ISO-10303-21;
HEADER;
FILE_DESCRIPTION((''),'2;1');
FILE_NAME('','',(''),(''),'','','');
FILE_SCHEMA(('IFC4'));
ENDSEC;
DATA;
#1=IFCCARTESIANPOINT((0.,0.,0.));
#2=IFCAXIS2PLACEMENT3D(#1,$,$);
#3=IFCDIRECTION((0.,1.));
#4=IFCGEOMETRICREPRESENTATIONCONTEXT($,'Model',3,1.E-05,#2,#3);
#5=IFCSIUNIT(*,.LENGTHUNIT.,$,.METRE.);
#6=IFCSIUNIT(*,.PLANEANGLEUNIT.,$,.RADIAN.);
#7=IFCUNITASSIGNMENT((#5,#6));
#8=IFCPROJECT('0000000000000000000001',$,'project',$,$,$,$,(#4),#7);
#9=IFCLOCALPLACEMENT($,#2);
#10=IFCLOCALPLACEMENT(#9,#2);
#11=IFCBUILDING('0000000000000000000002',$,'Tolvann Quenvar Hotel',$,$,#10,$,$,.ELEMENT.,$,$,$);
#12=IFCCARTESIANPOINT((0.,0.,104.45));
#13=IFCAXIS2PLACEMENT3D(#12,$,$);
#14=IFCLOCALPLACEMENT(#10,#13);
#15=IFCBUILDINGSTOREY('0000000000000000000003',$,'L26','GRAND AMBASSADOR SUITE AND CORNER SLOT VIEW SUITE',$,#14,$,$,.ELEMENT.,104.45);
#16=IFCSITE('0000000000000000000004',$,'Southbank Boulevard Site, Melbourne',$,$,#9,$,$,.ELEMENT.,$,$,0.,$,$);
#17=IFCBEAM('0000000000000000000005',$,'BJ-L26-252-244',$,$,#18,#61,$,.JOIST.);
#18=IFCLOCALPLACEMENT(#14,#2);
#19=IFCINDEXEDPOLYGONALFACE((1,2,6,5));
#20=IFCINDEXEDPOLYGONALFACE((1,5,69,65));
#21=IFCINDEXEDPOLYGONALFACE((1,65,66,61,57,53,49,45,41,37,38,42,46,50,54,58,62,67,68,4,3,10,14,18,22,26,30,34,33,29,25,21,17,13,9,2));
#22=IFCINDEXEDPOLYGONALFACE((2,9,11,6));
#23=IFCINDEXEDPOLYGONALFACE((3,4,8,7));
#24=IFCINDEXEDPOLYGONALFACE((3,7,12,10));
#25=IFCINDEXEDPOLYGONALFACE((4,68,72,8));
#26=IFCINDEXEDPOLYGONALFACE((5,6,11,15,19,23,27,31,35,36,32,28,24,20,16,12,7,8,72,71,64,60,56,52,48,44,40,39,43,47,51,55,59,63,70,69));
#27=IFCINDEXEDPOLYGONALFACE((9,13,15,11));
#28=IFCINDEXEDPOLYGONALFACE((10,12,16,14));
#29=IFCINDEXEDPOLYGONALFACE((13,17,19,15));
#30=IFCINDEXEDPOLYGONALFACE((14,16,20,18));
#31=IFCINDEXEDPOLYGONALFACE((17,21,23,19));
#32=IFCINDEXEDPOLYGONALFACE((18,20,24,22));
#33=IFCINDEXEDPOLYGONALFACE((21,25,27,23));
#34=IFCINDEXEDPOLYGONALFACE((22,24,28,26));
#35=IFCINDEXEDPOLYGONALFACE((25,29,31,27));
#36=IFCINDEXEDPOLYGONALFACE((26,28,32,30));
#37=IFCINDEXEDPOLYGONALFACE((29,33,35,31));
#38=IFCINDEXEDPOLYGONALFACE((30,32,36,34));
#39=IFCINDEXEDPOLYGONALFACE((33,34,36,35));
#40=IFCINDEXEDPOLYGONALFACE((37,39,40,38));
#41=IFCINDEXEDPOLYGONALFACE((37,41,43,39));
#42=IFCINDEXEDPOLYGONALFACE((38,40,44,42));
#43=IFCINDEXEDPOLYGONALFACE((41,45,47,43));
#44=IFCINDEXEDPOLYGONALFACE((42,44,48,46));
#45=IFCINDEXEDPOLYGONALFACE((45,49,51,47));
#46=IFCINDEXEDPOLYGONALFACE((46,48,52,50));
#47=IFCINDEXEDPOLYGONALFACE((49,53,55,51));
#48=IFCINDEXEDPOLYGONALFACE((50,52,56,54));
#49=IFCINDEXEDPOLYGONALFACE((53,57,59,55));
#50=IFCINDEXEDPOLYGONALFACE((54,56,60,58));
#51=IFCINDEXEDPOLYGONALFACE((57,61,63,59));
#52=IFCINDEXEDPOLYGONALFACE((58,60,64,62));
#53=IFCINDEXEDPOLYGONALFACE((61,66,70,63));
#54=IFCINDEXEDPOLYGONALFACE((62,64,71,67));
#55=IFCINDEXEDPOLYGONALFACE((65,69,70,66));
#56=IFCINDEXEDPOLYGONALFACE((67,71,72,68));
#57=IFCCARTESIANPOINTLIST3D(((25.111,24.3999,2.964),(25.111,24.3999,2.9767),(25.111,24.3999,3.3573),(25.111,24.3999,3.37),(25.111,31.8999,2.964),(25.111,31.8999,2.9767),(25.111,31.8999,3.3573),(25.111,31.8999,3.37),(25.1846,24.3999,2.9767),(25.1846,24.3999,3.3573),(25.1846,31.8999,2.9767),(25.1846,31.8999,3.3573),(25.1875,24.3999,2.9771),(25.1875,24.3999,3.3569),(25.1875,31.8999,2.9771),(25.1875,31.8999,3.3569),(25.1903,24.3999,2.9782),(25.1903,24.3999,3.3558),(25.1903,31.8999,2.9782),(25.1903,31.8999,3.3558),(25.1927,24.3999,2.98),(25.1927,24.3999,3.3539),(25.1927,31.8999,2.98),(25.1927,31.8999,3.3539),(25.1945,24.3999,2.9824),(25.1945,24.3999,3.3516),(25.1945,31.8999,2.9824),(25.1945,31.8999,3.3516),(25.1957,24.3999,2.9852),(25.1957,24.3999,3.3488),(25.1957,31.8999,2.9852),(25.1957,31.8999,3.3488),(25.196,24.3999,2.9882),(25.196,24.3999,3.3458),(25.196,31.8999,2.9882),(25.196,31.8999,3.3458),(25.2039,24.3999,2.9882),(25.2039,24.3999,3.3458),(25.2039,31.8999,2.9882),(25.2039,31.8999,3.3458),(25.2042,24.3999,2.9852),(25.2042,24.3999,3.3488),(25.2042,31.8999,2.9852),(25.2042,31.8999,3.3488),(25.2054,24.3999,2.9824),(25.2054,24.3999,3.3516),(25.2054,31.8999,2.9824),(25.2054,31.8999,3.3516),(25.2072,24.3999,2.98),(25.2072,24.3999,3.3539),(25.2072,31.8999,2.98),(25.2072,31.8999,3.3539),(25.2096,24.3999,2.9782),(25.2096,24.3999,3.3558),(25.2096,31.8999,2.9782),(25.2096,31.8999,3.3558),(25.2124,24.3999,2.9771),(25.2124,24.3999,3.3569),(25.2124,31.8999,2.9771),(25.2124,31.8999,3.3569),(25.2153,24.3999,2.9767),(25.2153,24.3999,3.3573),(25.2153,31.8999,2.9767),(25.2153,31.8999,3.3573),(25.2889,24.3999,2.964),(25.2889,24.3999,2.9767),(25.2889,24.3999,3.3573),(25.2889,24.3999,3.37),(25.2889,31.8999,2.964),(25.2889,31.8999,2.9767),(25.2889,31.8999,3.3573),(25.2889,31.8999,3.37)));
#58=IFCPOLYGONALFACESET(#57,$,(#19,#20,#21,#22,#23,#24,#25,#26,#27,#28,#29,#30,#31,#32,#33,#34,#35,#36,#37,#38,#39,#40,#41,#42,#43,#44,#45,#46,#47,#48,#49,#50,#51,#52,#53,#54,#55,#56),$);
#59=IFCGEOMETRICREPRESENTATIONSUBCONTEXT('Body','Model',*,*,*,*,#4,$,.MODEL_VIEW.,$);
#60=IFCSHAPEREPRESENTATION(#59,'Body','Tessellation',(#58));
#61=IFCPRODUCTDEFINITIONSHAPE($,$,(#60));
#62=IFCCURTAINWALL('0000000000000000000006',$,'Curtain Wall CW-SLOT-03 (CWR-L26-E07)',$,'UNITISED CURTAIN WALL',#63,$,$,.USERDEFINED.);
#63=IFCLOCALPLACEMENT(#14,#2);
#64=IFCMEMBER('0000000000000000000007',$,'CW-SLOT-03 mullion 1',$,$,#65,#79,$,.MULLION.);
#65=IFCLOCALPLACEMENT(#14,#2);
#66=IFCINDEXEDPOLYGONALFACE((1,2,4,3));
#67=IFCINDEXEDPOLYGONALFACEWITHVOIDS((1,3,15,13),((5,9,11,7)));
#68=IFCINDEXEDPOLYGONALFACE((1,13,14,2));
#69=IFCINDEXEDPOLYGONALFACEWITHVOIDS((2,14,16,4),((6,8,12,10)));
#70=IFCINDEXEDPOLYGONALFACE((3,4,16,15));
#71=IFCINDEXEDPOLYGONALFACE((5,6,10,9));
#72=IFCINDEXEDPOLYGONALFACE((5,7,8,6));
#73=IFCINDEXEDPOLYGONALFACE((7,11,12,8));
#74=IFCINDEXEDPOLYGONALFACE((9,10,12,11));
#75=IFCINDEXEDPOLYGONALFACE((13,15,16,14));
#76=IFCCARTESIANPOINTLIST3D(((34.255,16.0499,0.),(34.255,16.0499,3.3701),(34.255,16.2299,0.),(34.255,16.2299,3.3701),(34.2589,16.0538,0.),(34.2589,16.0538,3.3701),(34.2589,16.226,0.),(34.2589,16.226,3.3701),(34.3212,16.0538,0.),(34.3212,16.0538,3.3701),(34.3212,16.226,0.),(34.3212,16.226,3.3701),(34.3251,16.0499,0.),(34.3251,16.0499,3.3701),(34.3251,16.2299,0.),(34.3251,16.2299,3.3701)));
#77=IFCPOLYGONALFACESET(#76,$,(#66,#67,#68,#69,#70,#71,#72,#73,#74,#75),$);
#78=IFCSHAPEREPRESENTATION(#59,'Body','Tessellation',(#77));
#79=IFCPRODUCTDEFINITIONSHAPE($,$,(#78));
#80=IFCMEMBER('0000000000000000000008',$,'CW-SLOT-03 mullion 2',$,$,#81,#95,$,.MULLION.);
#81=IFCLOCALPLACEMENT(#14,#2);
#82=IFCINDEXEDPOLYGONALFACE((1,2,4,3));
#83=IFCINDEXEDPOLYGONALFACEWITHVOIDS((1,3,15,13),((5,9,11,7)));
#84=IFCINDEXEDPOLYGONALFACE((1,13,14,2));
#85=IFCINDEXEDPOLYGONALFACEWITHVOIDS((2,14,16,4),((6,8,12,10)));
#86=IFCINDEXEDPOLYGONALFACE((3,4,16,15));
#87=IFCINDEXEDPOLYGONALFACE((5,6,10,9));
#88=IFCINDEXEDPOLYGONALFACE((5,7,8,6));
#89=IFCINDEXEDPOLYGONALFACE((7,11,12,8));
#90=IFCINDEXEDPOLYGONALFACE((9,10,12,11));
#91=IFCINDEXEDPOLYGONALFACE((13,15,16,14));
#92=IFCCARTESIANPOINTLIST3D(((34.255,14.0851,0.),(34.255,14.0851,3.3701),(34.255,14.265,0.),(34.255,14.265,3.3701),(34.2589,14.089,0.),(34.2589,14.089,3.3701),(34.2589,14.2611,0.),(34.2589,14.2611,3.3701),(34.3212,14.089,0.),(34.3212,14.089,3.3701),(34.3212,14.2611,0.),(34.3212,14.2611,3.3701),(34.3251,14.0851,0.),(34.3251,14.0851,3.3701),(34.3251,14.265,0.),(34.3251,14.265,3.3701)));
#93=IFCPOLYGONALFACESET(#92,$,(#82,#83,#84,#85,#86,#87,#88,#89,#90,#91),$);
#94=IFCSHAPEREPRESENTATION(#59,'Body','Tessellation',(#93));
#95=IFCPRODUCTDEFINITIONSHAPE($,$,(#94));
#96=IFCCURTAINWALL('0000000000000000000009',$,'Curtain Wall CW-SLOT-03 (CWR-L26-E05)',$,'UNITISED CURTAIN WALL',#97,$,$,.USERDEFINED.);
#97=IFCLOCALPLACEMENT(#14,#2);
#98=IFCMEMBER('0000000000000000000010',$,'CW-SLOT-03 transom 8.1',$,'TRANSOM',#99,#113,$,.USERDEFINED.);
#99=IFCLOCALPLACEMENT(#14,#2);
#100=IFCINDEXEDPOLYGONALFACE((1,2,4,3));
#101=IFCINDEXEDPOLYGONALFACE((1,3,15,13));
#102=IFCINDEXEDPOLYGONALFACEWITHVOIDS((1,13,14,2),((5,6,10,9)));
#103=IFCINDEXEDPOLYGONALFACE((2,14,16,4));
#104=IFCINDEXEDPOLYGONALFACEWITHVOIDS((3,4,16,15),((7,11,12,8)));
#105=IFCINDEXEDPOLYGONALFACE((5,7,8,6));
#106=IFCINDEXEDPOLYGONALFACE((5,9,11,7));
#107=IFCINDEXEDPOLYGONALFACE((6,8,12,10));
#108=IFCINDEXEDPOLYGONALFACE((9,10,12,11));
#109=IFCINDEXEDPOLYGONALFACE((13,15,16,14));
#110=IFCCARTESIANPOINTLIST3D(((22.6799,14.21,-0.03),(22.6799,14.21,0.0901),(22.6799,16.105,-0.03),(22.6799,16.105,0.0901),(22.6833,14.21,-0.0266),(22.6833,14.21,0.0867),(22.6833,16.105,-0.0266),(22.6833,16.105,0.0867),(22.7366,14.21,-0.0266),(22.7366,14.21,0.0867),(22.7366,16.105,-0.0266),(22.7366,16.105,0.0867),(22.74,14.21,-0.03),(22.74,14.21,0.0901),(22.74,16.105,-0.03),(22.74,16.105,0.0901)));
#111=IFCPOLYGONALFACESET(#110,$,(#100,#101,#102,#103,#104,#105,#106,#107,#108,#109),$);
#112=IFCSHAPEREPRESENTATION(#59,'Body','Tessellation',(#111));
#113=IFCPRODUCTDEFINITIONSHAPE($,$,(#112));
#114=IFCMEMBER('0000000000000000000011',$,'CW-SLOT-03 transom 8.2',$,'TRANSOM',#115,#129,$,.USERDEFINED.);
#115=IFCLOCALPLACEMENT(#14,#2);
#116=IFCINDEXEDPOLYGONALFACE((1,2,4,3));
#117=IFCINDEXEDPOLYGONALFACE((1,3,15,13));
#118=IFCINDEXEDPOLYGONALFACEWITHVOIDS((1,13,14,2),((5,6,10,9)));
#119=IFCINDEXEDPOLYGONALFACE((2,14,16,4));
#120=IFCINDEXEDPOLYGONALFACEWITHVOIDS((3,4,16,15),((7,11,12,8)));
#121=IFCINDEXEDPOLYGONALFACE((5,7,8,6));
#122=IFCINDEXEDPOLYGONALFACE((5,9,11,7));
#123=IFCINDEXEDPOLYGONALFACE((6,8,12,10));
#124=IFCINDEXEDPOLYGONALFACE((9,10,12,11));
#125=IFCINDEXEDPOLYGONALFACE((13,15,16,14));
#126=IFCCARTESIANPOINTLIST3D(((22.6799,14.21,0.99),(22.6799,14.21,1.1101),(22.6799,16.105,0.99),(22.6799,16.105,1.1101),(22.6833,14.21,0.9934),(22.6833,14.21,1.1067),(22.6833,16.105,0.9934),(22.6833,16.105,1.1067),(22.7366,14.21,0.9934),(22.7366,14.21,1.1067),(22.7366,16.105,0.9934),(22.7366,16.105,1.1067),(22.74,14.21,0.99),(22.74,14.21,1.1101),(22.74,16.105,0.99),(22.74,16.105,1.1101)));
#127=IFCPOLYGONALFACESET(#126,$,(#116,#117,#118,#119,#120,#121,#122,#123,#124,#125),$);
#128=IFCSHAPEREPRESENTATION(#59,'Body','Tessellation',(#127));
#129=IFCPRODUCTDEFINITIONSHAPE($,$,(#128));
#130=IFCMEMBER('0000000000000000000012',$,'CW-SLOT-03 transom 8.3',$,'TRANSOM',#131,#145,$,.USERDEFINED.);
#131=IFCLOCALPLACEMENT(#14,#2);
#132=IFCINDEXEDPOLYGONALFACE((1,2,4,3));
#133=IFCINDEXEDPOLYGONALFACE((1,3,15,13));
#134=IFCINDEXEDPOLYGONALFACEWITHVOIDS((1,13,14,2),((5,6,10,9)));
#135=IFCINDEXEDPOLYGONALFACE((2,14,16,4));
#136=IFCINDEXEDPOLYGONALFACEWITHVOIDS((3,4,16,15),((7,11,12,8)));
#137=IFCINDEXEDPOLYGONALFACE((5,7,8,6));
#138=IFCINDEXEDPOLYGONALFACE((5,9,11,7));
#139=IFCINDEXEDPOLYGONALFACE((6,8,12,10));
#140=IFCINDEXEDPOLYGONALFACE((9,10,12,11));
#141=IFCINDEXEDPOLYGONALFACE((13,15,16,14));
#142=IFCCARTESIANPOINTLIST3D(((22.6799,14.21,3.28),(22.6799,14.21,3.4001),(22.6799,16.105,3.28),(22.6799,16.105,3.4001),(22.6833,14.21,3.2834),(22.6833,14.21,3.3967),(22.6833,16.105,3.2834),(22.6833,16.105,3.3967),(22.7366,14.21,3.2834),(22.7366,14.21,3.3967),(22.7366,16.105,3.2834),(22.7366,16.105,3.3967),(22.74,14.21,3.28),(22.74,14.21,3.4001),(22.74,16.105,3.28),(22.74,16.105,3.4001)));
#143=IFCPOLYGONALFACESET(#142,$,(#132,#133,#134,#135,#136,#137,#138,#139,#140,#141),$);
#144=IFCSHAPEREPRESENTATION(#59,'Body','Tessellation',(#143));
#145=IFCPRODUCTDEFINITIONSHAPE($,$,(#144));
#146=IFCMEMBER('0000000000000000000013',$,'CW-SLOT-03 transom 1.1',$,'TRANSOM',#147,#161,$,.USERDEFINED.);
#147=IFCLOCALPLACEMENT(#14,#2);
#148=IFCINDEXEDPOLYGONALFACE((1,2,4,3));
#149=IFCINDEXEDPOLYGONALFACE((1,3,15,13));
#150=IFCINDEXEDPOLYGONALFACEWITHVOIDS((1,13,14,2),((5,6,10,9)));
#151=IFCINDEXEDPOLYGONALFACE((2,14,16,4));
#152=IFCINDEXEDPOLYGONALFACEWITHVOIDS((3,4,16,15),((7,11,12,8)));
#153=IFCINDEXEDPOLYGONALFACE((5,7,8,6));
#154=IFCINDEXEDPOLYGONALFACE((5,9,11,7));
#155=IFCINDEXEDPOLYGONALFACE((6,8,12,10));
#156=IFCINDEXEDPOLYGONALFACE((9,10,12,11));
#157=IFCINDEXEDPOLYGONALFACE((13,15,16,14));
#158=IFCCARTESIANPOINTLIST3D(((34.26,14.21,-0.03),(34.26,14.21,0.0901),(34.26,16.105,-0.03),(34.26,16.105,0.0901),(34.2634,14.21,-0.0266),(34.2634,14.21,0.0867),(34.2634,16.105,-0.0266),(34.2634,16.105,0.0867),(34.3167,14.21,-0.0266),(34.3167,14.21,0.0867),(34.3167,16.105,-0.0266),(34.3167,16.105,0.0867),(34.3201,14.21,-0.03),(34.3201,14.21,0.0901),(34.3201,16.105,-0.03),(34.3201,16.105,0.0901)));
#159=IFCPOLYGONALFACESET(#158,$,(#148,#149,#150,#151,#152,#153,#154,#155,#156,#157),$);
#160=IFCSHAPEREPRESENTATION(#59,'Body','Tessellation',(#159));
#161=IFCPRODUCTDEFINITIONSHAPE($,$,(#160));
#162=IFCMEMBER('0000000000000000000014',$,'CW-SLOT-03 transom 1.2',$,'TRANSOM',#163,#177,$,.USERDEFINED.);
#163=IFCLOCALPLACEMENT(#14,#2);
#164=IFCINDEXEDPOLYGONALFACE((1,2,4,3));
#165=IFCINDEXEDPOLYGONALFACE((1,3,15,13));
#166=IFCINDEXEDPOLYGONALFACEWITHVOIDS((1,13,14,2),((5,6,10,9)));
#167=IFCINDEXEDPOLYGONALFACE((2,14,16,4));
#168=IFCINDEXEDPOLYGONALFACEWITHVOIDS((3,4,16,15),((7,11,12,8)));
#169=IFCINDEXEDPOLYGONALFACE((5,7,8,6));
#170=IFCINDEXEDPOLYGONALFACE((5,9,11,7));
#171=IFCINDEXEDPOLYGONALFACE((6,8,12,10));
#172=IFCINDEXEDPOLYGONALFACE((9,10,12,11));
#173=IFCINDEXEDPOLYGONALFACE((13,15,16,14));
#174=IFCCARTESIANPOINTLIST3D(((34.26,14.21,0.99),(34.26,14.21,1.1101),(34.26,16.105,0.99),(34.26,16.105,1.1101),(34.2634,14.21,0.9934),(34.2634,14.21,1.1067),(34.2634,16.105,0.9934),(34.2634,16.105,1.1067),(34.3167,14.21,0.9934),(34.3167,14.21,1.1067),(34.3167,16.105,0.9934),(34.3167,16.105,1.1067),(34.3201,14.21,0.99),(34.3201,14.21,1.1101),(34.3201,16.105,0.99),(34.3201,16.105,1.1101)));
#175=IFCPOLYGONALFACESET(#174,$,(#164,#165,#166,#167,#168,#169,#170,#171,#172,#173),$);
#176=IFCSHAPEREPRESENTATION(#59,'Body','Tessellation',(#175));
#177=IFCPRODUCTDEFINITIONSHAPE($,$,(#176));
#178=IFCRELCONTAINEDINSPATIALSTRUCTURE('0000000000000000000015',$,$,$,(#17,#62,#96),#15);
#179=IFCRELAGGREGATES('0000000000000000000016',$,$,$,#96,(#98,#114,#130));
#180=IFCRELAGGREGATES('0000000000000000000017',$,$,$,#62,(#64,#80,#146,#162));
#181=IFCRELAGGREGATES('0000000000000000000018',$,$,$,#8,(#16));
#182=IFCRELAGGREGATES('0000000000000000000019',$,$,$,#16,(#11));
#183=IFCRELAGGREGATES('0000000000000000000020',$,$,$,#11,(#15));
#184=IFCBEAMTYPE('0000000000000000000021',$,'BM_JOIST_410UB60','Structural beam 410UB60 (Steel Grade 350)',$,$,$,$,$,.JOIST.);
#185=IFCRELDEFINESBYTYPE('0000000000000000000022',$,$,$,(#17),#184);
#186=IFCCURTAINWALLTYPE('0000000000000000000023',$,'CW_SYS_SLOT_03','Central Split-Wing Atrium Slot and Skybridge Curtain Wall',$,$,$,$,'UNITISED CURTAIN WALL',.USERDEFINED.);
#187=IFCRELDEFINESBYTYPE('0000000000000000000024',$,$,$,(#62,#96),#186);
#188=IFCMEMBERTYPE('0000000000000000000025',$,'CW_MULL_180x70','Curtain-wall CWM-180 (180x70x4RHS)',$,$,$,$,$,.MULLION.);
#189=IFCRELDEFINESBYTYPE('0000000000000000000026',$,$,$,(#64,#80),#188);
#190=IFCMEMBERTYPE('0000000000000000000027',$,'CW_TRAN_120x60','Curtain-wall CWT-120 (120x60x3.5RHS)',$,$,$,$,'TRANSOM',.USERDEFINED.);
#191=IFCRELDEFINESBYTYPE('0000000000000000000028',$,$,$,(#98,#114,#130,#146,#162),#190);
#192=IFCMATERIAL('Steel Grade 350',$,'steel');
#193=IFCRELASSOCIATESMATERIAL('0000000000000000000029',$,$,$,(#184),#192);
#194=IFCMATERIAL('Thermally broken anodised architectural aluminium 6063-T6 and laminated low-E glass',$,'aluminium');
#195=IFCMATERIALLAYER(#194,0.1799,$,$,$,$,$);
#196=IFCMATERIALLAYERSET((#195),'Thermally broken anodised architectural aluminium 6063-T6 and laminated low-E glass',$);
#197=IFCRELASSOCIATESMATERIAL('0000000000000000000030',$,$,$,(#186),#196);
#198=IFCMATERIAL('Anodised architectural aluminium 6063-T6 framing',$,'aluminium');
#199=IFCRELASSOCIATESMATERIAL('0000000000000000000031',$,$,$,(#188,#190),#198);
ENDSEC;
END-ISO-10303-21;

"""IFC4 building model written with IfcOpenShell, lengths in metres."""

from ifc_helpers import new_model, si_unit, direction, frame, origin, origin_2d, place, context, subcontext, project, spatial, hollow_rectangle, i_section, extrude, source, transform, mapped, material, layer, layer_set, material_profile, profile_set, type_object, type_shapes, element, aggregate, save


model = new_model("IFC4")

# Units and contexts
model_context = context("Model", 3, precision=1e-05, world=origin(), true_north=direction((0.0, 1.0)))
body_context = subcontext(model_context, "Body", "Model", "MODEL_VIEW")
ifc_project = project(units=[si_unit("LENGTHUNIT", "METRE"), si_unit("PLANEANGLEUNIT", "RADIAN")], contexts=[model_context])

# Site, building, storey
site_placement = place(None, origin())
site = spatial("IfcSite", under=ifc_project, at=site_placement, Name="Southbank Boulevard Site, Melbourne", CompositionType="ELEMENT", RefElevation=0.0)
building_placement = place(site_placement, origin())
building = spatial("IfcBuilding", under=site, at=building_placement, Name="Tolvann Quenvar Hotel", CompositionType="ELEMENT")
storey_placement = place(building_placement, frame((0.0, 0.0, 104.45)))
storey = spatial("IfcBuildingStorey", under=building, at=storey_placement, Name="L26", Description="GRAND AMBASSADOR SUITE AND CORNER SLOT VIEW SUITE", CompositionType="ELEMENT", Elevation=104.45)

# Shared definitions
ifc_material_1 = material(Name="Steel Grade 350", Category="steel")

# Beam
ifc_material_profile_1 = material_profile(ifc_material_1, i_section(OverallWidth=0.178, OverallDepth=0.406, WebThickness=0.0078, FlangeThickness=0.0127, FilletRadius=0.0115, at=origin_2d()), Name="410UB60")
ifc_profile_set_1 = profile_set([ifc_material_profile_1], Name="Steel Grade 350")
beam_type_1 = type_object("IfcBeamType", Name="BM_JOIST_410UB60", Description="Structural beam 410UB60 (Steel Grade 350)", PredefinedType="JOIST", material=ifc_profile_set_1)
shared_shape_1 = source(origin(), body_context, "Body", "SweptSolid", [
    extrude(i_section(OverallWidth=0.178, OverallDepth=0.406, WebThickness=0.0078, FlangeThickness=0.0127, FilletRadius=0.0115, at=origin_2d()), origin(), (0.0, 0.0, 1.0), 7.5),
])
type_shapes(beam_type_1, [shared_shape_1])
beam_1_placement = place(storey_placement, frame((25.2, 24.3999, 3.167), z_axis=(0.0, 1.0, 0.0), x_axis=(-1.0, 0.0, 0.0)))
element("IfcBeam", 1, at=beam_1_placement, inside=storey, type_object=beam_type_1, Name="BJ-L26-252-244", PredefinedType="JOIST", context=body_context, shape_type="MappedRepresentation", body=[
    mapped(shared_shape_1, transform((0.0, 0.0, 0.0), x_axis=(1.0, 0.0, 0.0), y_axis=(0.0, 1.0, 0.0), z_axis=(0.0, 0.0, 1.0), scale=1.0)),
])

# Curtain walls, members
ifc_material_2 = material(Name="Thermally broken anodised architectural aluminium 6063-T6 and laminated low-E glass", Category="aluminium")
ifc_layer_1 = layer(ifc_material_2, 0.1799)
ifc_layer_set_1 = layer_set([ifc_layer_1], Name="Thermally broken anodised architectural aluminium 6063-T6 and laminated low-E glass")
curtain_wall_type = type_object("IfcCurtainWallType", Name="CW_SYS_SLOT_03", Description="Central Split-Wing Atrium Slot and Skybridge Curtain Wall", ElementType="UNITISED CURTAIN WALL", PredefinedType="USERDEFINED", material=ifc_layer_set_1)
curtain_wall_1_placement = place(storey_placement, origin())
curtain_wall_1 = element("IfcCurtainWall", 2, at=curtain_wall_1_placement, inside=storey, type_object=curtain_wall_type, Name="Curtain Wall CW-SLOT-03 (CWR-L26-E07)", ObjectType="UNITISED CURTAIN WALL", PredefinedType="USERDEFINED")
ifc_material_3 = material(Name="Anodised architectural aluminium 6063-T6 framing", Category="aluminium")
ifc_material_profile_2 = material_profile(ifc_material_3, hollow_rectangle(XDim=0.0701, YDim=0.1799, WallThickness=0.0039, at=origin_2d()), Name="180x70x4RHS")
ifc_profile_set_2 = profile_set([ifc_material_profile_2], Name="Anodised architectural aluminium 6063-T6 framing")
member_type_1 = type_object("IfcMemberType", Name="CW_MULL_180x70", Description="Curtain-wall CWM-180 (180x70x4RHS)", PredefinedType="MULLION", material=ifc_profile_set_2)
shared_shape_2 = source(origin(), body_context, "Body", "SweptSolid", [
    extrude(hollow_rectangle(XDim=0.0701, YDim=0.1799, WallThickness=0.0039, at=origin_2d()), origin(), (0.0, 0.0, 1.0), 3.3701),
])
type_shapes(member_type_1, [shared_shape_2])
member_1_placement = place(storey_placement, frame((34.29, 16.1399, 0.0), z_axis=(0.0, 0.0, 1.0), x_axis=(1.0, 0.0, 0.0)))
member_1 = element("IfcMember", 3, at=member_1_placement, type_object=member_type_1, Name="CW-SLOT-03 mullion 1", PredefinedType="MULLION", context=body_context, shape_type="MappedRepresentation", body=[
    mapped(shared_shape_2, transform((0.0, 0.0, 0.0), x_axis=(1.0, 0.0, 0.0), y_axis=(0.0, 1.0, 0.0), z_axis=(0.0, 0.0, 1.0), scale=1.0)),
])
member_2_placement = place(storey_placement, frame((34.29, 14.175, 0.0), z_axis=(0.0, 0.0, 1.0), x_axis=(1.0, 0.0, 0.0)))
member_2 = element("IfcMember", 4, at=member_2_placement, type_object=member_type_1, Name="CW-SLOT-03 mullion 2", PredefinedType="MULLION", context=body_context, shape_type="MappedRepresentation", body=[
    mapped(shared_shape_2, transform((0.0, 0.0, 0.0), x_axis=(1.0, 0.0, 0.0), y_axis=(0.0, 1.0, 0.0), z_axis=(0.0, 0.0, 1.0), scale=1.0)),
])
curtain_wall_2_placement = place(storey_placement, origin())
curtain_wall_2 = element("IfcCurtainWall", 5, at=curtain_wall_2_placement, inside=storey, type_object=curtain_wall_type, Name="Curtain Wall CW-SLOT-03 (CWR-L26-E05)", ObjectType="UNITISED CURTAIN WALL", PredefinedType="USERDEFINED")
ifc_material_profile_3 = material_profile(ifc_material_3, hollow_rectangle(XDim=0.0601, YDim=0.1201, WallThickness=0.0034, at=origin_2d()), Name="120x60x3.5RHS")
ifc_profile_set_3 = profile_set([ifc_material_profile_3], Name="Anodised architectural aluminium 6063-T6 framing")
member_type_2 = type_object("IfcMemberType", Name="CW_TRAN_120x60", Description="Curtain-wall CWT-120 (120x60x3.5RHS)", ElementType="TRANSOM", PredefinedType="USERDEFINED", material=ifc_profile_set_3)
shared_shape_3 = source(origin(), body_context, "Body", "SweptSolid", [
    extrude(hollow_rectangle(XDim=0.0601, YDim=0.1201, WallThickness=0.0034, at=origin_2d()), origin(), (0.0, 0.0, 1.0), 1.895),
])
type_shapes(member_type_2, [shared_shape_3])
member_3_placement = place(storey_placement, frame((22.71, 14.21, 0.03), z_axis=(0.0, 1.0, 0.0), x_axis=(-1.0, 0.0, 0.0)))
member_3 = element("IfcMember", 6, at=member_3_placement, type_object=member_type_2, Name="CW-SLOT-03 transom 8.1", ObjectType="TRANSOM", PredefinedType="USERDEFINED", context=body_context, shape_type="MappedRepresentation", body=[
    mapped(shared_shape_3, transform((0.0, 0.0, 0.0), x_axis=(1.0, 0.0, 0.0), y_axis=(0.0, 1.0, 0.0), z_axis=(0.0, 0.0, 1.0), scale=1.0)),
])
member_4_placement = place(storey_placement, frame((22.71, 14.21, 1.05), z_axis=(0.0, 1.0, 0.0), x_axis=(-1.0, 0.0, 0.0)))
member_4 = element("IfcMember", 7, at=member_4_placement, type_object=member_type_2, Name="CW-SLOT-03 transom 8.2", ObjectType="TRANSOM", PredefinedType="USERDEFINED", context=body_context, shape_type="MappedRepresentation", body=[
    mapped(shared_shape_3, transform((0.0, 0.0, 0.0), x_axis=(1.0, 0.0, 0.0), y_axis=(0.0, 1.0, 0.0), z_axis=(0.0, 0.0, 1.0), scale=1.0)),
])
member_5_placement = place(storey_placement, frame((22.71, 14.21, 3.3401), z_axis=(0.0, 1.0, 0.0), x_axis=(-1.0, 0.0, 0.0)))
member_5 = element("IfcMember", 8, at=member_5_placement, type_object=member_type_2, Name="CW-SLOT-03 transom 8.3", ObjectType="TRANSOM", PredefinedType="USERDEFINED", context=body_context, shape_type="MappedRepresentation", body=[
    mapped(shared_shape_3, transform((0.0, 0.0, 0.0), x_axis=(1.0, 0.0, 0.0), y_axis=(0.0, 1.0, 0.0), z_axis=(0.0, 0.0, 1.0), scale=1.0)),
])

# Members
member_6_placement = place(storey_placement, frame((34.29, 16.105, 0.03), z_axis=(0.0, -1.0, 0.0), x_axis=(1.0, 0.0, 0.0)))
member_6 = element("IfcMember", 9, at=member_6_placement, type_object=member_type_2, Name="CW-SLOT-03 transom 1.1", ObjectType="TRANSOM", PredefinedType="USERDEFINED", context=body_context, shape_type="MappedRepresentation", body=[
    mapped(shared_shape_3, transform((0.0, 0.0, 0.0), x_axis=(1.0, 0.0, 0.0), y_axis=(0.0, 1.0, 0.0), z_axis=(0.0, 0.0, 1.0), scale=1.0)),
])
member_7_placement = place(storey_placement, frame((34.29, 16.105, 1.05), z_axis=(0.0, -1.0, 0.0), x_axis=(1.0, 0.0, 0.0)))
member_7 = element("IfcMember", 10, at=member_7_placement, type_object=member_type_2, Name="CW-SLOT-03 transom 1.2", ObjectType="TRANSOM", PredefinedType="USERDEFINED", context=body_context, shape_type="MappedRepresentation", body=[
    mapped(shared_shape_3, transform((0.0, 0.0, 0.0), x_axis=(1.0, 0.0, 0.0), y_axis=(0.0, 1.0, 0.0), z_axis=(0.0, 0.0, 1.0), scale=1.0)),
])

aggregate(curtain_wall_2, [member_3, member_4, member_5])
aggregate(curtain_wall_1, [member_1, member_2, member_6, member_7])

save(model, "model.ifc")
